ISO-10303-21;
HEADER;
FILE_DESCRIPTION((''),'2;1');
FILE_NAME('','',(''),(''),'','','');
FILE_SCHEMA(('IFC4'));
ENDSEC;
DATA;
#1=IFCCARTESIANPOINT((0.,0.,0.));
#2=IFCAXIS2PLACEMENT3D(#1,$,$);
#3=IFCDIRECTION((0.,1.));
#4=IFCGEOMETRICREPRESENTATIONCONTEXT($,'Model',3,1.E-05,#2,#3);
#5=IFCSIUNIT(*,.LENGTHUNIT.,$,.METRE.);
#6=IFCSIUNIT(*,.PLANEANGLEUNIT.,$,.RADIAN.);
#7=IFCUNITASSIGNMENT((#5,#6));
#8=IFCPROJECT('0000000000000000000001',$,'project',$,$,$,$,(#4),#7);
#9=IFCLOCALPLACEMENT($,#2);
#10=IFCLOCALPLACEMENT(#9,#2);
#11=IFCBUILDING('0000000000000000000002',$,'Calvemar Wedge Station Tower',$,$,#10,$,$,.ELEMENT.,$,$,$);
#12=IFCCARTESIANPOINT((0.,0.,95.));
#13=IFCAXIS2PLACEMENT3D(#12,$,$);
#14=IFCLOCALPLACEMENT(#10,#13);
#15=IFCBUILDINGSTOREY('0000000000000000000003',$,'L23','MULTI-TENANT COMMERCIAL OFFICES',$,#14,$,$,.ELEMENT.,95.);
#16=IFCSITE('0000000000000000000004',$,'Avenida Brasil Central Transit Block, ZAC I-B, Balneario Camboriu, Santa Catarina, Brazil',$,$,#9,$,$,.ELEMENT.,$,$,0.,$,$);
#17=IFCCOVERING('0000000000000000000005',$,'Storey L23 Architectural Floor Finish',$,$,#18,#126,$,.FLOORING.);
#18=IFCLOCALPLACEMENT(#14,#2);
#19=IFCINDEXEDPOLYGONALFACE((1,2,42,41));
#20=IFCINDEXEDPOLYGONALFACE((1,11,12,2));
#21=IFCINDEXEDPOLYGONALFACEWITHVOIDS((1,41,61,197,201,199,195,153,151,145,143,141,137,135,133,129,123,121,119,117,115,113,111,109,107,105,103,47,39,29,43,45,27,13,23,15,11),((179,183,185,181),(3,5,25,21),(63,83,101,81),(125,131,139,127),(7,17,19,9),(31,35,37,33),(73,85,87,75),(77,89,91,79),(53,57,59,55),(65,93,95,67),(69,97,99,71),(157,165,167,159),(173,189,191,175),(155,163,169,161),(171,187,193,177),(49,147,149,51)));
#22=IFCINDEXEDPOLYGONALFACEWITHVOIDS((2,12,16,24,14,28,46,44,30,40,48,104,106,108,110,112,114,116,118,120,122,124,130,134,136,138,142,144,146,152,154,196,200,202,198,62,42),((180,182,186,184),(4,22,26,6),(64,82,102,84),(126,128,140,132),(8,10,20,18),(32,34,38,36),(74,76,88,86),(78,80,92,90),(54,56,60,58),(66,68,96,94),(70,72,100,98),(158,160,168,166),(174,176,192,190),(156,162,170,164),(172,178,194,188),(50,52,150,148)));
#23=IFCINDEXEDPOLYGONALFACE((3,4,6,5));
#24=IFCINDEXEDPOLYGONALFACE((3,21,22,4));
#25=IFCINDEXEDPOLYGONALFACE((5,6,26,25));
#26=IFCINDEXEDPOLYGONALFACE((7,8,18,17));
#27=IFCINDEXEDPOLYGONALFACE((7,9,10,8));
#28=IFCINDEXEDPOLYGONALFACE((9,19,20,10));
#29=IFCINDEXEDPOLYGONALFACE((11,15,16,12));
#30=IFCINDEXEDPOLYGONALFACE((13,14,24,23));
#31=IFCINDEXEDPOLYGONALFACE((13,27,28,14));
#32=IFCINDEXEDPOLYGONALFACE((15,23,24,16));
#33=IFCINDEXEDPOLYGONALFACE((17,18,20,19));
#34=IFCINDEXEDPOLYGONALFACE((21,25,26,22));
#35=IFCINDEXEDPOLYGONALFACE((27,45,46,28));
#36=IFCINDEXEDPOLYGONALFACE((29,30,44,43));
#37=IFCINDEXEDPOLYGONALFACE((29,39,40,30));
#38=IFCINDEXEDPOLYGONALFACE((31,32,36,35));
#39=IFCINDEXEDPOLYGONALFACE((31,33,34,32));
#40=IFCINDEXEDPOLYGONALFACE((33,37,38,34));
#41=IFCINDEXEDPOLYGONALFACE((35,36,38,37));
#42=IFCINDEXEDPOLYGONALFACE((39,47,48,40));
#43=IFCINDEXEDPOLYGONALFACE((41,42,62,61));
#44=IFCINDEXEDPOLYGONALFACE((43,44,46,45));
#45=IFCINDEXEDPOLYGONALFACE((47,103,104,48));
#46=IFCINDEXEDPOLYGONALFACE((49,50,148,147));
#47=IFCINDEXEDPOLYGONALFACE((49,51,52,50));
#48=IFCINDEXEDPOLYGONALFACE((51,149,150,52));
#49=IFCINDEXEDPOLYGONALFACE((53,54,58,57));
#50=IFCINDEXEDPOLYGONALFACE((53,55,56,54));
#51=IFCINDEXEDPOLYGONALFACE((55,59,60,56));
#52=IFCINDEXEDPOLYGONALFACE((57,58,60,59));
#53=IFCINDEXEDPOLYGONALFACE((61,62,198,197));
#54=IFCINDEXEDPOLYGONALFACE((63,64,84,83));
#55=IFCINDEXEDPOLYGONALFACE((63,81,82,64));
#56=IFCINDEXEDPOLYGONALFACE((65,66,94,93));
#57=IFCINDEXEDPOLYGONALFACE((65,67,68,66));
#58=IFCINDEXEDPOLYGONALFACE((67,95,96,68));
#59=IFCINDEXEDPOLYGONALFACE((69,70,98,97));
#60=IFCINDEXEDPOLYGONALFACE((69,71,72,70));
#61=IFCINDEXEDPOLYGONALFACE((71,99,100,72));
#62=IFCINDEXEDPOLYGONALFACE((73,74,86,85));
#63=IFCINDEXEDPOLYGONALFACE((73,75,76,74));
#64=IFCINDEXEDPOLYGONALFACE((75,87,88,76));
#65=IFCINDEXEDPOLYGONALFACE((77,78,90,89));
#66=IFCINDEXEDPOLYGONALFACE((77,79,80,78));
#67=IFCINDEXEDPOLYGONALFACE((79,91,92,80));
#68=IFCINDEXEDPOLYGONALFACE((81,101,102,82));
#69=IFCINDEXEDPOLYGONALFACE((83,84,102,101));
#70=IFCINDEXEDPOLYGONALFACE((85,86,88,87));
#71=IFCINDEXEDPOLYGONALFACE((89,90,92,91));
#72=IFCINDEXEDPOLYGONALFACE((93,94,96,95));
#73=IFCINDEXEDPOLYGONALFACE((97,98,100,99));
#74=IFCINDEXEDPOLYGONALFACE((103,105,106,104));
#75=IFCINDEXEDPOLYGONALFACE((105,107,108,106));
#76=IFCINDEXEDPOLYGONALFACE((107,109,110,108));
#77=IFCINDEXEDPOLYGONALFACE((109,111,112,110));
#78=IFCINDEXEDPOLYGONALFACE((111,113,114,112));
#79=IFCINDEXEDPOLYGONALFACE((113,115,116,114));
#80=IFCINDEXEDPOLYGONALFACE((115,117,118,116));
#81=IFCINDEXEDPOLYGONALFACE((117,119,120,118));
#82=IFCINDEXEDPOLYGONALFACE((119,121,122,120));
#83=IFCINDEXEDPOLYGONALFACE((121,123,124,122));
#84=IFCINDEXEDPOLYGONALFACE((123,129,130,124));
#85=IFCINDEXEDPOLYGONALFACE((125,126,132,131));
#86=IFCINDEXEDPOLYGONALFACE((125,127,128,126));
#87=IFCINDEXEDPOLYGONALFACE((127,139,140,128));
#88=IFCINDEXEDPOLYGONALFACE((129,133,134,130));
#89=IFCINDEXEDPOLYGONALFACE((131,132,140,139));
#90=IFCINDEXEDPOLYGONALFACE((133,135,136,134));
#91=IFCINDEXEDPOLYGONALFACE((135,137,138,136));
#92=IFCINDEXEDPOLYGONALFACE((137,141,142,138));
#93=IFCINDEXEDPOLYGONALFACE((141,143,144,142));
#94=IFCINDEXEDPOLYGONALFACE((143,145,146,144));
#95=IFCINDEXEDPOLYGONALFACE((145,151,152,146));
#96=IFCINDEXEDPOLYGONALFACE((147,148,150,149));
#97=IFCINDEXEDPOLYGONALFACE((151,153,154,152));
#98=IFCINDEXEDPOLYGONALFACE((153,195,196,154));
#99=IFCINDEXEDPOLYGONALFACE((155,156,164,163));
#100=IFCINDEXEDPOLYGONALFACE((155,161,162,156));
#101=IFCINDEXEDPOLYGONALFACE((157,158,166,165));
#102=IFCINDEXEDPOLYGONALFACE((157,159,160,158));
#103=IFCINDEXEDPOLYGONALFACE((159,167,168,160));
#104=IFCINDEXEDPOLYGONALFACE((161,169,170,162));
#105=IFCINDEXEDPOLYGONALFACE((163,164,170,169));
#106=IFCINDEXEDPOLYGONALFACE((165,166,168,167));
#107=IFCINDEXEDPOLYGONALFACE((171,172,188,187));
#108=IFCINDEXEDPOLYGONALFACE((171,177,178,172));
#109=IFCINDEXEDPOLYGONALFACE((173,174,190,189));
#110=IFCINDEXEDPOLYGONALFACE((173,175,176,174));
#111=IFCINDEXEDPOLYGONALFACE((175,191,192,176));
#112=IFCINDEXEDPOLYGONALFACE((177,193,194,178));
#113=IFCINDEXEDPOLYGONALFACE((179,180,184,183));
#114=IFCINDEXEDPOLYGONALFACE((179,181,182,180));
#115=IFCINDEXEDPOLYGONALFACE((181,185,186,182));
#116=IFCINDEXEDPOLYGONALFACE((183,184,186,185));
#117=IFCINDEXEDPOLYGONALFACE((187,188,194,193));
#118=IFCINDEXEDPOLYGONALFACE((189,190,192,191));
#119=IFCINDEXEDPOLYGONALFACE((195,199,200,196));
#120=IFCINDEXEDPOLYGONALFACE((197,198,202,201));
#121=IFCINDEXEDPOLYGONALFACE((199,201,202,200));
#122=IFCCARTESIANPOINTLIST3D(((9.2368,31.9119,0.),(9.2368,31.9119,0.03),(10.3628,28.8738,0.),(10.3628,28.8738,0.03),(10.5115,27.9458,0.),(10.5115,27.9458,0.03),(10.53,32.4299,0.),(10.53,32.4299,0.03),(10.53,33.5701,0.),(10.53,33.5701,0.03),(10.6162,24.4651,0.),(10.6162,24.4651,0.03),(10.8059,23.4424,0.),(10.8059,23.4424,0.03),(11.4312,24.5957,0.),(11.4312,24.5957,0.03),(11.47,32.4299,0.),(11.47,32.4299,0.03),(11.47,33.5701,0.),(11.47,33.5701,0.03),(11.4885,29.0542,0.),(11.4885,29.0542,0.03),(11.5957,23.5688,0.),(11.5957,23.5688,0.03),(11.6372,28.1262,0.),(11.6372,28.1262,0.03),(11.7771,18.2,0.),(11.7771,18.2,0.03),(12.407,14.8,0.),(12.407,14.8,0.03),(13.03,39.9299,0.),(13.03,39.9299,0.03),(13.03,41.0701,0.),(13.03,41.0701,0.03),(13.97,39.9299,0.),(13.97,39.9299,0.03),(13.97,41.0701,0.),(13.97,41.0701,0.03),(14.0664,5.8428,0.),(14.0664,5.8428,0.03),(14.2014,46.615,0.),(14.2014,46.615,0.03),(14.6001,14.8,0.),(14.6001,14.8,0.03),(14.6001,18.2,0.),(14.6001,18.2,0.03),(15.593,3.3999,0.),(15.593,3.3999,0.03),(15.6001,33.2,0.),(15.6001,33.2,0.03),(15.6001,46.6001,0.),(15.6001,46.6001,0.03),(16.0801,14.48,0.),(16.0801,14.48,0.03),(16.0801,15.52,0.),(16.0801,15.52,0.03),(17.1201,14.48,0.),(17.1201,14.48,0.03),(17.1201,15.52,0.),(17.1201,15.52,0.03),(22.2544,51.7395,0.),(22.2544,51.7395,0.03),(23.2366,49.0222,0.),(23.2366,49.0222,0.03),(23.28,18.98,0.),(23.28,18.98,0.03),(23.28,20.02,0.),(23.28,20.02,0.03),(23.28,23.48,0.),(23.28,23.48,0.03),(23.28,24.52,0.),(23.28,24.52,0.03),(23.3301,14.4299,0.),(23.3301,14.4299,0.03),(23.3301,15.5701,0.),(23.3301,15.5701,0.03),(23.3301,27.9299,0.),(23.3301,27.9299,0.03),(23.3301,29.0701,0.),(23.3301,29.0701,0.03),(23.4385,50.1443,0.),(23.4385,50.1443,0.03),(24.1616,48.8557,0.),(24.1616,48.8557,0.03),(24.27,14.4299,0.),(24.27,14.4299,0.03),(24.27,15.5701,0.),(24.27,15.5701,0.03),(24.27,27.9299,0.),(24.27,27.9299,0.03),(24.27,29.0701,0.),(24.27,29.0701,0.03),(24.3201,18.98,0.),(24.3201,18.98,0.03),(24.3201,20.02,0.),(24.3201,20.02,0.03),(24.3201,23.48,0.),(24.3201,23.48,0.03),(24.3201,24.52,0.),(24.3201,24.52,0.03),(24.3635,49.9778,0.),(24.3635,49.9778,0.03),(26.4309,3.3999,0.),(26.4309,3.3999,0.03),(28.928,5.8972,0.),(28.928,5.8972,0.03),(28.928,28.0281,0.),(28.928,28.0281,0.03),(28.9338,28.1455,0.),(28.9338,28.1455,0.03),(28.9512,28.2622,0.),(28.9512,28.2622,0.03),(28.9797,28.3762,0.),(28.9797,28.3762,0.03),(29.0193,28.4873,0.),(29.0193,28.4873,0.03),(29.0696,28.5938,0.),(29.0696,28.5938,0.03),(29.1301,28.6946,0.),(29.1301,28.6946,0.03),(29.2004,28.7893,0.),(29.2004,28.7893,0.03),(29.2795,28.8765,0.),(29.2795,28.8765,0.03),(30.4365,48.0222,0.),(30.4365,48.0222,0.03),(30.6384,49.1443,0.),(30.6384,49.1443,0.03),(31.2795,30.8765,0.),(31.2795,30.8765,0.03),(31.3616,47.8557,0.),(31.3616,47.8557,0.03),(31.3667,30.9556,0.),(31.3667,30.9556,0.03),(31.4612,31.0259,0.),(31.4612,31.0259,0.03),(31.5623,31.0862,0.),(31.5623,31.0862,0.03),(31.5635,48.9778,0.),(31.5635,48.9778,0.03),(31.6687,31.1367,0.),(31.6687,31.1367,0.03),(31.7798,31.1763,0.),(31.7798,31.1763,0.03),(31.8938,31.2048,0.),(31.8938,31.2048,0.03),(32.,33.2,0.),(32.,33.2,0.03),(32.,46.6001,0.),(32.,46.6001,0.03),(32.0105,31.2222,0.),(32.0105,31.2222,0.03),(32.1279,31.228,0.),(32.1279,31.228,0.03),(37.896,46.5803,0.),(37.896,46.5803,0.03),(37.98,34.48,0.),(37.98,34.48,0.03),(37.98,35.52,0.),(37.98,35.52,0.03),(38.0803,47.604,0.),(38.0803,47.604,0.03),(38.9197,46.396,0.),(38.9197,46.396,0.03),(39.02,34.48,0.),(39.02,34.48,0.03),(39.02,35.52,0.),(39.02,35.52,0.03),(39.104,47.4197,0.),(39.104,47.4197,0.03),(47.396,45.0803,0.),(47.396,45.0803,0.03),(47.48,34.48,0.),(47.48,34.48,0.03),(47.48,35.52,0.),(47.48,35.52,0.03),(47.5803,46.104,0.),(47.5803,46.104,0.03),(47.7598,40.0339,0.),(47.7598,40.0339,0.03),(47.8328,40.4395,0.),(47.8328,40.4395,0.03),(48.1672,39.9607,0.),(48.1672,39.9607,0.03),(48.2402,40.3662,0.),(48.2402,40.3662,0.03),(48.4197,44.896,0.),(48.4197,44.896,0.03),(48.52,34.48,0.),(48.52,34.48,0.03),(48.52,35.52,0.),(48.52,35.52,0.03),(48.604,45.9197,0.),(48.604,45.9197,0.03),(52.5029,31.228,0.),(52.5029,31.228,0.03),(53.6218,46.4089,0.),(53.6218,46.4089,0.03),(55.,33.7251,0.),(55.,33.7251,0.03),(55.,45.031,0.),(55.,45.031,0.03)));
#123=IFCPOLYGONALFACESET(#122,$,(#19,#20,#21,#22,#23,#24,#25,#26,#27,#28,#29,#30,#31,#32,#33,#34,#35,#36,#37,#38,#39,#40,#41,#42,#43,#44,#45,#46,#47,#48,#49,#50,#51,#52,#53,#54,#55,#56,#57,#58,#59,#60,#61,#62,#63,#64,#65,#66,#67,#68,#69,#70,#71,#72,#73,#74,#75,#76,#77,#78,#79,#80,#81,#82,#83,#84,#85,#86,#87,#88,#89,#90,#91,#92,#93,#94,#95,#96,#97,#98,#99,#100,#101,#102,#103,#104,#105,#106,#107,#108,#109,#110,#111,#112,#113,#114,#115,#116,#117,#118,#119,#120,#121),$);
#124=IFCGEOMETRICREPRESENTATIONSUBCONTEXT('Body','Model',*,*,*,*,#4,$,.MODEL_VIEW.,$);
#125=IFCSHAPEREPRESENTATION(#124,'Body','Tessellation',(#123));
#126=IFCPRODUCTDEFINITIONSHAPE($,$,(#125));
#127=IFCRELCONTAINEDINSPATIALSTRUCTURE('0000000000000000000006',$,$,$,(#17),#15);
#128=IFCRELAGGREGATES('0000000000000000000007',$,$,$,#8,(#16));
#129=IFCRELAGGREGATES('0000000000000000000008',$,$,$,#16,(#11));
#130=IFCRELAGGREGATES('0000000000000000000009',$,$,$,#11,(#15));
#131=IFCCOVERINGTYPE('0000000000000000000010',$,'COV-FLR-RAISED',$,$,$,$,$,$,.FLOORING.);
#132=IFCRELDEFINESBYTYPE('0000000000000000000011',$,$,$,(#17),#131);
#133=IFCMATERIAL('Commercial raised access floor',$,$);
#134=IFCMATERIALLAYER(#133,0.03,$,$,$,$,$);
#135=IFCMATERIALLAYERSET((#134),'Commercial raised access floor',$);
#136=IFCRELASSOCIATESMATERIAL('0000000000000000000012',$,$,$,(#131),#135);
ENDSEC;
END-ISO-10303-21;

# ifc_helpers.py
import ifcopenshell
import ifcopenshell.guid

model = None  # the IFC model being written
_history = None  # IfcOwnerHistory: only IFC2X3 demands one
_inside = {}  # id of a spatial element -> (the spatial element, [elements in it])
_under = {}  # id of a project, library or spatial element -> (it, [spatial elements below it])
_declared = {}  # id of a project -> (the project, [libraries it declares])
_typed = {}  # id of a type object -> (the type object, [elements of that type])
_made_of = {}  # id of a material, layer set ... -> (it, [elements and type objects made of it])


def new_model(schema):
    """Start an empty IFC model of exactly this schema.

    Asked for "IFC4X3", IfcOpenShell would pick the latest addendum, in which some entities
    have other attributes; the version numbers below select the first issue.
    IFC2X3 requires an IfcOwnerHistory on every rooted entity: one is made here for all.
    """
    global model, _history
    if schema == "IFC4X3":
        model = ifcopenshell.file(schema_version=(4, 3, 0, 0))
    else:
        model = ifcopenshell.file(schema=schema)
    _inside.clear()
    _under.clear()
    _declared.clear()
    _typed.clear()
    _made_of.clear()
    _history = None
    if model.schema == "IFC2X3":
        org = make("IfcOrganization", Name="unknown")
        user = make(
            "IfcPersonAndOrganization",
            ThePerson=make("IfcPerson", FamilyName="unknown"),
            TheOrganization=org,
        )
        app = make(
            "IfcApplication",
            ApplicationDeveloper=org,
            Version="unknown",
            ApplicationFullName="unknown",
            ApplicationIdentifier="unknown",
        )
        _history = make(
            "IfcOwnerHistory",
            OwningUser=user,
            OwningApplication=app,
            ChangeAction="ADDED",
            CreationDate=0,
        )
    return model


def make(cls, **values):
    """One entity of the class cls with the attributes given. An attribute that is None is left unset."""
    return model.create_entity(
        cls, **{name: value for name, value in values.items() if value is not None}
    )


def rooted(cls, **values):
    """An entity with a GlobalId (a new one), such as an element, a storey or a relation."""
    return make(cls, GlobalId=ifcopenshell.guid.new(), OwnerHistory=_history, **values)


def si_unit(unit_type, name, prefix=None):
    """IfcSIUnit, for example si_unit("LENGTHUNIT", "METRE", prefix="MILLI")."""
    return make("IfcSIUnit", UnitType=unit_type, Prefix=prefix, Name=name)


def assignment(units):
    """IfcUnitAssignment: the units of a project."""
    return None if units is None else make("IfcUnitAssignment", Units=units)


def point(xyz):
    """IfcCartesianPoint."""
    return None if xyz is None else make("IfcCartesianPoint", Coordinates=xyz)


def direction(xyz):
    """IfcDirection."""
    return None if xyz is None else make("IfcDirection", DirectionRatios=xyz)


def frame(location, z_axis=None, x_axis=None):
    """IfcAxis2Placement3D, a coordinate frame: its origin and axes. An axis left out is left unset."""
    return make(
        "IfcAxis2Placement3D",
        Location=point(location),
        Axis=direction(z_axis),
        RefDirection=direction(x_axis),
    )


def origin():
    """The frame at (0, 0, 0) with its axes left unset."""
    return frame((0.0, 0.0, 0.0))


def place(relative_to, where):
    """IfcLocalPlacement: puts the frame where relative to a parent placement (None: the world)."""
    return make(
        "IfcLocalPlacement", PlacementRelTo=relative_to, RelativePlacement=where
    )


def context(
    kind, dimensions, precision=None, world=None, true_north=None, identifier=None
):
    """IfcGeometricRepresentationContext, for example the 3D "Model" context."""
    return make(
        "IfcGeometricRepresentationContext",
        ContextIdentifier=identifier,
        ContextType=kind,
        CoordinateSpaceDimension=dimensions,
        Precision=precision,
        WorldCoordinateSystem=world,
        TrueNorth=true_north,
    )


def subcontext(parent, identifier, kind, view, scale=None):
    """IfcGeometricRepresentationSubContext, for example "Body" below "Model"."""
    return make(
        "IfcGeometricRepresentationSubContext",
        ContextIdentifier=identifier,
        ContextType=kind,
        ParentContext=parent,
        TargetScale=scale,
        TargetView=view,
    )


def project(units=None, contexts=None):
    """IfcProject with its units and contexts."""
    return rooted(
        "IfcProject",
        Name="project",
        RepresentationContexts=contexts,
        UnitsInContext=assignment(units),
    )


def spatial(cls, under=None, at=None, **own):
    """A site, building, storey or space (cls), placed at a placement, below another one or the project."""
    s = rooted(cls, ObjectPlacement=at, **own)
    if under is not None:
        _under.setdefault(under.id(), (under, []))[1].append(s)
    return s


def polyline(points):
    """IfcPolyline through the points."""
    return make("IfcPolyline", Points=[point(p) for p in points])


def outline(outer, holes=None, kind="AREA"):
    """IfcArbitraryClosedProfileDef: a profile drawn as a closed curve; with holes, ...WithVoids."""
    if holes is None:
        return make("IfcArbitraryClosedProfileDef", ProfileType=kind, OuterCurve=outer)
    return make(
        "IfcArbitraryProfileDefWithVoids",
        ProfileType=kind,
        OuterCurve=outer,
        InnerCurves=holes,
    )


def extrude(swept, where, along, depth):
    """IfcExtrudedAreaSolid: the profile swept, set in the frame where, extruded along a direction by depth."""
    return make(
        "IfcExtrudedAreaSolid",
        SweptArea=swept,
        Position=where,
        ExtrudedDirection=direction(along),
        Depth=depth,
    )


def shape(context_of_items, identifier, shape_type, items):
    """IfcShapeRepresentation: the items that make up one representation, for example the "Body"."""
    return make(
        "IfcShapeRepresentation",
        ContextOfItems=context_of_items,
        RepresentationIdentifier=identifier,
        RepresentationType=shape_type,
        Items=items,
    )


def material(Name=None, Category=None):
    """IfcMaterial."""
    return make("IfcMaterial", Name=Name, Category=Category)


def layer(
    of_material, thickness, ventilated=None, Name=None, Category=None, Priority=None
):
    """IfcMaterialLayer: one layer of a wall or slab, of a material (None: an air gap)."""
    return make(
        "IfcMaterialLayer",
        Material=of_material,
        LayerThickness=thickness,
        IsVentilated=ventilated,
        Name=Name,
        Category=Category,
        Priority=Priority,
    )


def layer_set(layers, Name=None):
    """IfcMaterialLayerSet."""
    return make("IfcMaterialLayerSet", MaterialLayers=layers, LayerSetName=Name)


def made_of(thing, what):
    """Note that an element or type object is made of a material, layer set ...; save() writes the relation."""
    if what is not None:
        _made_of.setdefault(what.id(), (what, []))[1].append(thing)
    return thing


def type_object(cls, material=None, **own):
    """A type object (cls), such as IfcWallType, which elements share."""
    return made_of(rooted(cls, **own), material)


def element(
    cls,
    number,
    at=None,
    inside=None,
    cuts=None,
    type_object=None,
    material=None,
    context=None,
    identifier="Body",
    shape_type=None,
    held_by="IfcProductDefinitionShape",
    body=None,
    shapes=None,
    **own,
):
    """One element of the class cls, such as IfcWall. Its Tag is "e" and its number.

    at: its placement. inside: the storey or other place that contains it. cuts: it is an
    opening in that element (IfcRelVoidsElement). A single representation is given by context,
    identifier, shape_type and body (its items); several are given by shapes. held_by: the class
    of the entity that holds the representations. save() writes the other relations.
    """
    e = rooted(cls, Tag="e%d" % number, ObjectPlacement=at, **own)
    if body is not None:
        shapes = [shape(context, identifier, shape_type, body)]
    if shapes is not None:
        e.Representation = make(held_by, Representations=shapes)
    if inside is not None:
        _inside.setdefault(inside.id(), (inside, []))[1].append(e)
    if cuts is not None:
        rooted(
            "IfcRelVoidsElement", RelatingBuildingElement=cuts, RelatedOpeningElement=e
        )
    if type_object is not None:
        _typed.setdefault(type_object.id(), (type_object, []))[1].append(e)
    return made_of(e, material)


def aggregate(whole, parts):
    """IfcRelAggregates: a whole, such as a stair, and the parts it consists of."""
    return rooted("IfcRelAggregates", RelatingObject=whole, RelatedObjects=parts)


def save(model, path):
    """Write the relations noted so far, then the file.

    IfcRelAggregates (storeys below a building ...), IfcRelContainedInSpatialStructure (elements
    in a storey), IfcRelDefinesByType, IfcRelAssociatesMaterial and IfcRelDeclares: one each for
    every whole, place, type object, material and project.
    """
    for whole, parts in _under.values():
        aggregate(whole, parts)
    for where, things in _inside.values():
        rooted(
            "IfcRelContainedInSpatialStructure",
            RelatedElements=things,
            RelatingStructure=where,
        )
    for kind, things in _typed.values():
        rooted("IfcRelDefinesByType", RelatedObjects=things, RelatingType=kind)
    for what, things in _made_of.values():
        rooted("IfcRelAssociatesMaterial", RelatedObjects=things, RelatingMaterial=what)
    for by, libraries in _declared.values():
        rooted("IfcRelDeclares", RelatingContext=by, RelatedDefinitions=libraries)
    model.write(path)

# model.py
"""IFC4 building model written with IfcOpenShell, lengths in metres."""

from ifc_helpers import new_model, si_unit, direction, frame, origin, place, context, subcontext, project, spatial, polyline, outline, extrude, material, layer, layer_set, type_object, element, save


model = new_model("IFC4")

# Units and contexts
model_context = context("Model", 3, precision=1e-05, world=origin(), true_north=direction((0.0, 1.0)))
body_context = subcontext(model_context, "Body", "Model", "MODEL_VIEW")
ifc_project = project(units=[si_unit("LENGTHUNIT", "METRE"), si_unit("PLANEANGLEUNIT", "RADIAN")], contexts=[model_context])

# Site, building, storey
site_placement = place(None, origin())
site = spatial("IfcSite", under=ifc_project, at=site_placement, Name="Avenida Brasil Central Transit Block, ZAC I-B, Balneario Camboriu, Santa Catarina, Brazil", CompositionType="ELEMENT", RefElevation=0.0)
building_placement = place(site_placement, origin())
building = spatial("IfcBuilding", under=site, at=building_placement, Name="Calvemar Wedge Station Tower", CompositionType="ELEMENT")
storey_placement = place(building_placement, frame((0.0, 0.0, 95.0)))
storey = spatial("IfcBuildingStorey", under=building, at=storey_placement, Name="L23", Description="MULTI-TENANT COMMERCIAL OFFICES", CompositionType="ELEMENT", Elevation=95.0)

# Covering
ifc_material_1 = material(Name="Commercial raised access floor")
ifc_layer_1 = layer(ifc_material_1, 0.03)
ifc_layer_set_1 = layer_set([ifc_layer_1], Name="Commercial raised access floor")
covering_type_1 = type_object("IfcCoveringType", Name="COV-FLR-RAISED", PredefinedType="FLOORING", material=ifc_layer_set_1)
covering_1_placement = place(storey_placement, origin())
element("IfcCovering", 1, at=covering_1_placement, inside=storey, type_object=covering_type_1, Name="Storey L23 Architectural Floor Finish", PredefinedType="FLOORING", context=body_context, shape_type="SweptSolid", body=[
    extrude(outline(polyline([(29.2795, 28.8765), (31.2795, 30.8765), (31.3667, 30.9556), (31.4612, 31.0259), (31.5623, 31.0862), (31.6687, 31.1367), (31.7798, 31.1763), (31.8938, 31.2048), (32.0105, 31.2222), (32.1279, 31.228), (52.5029, 31.228), (55.0, 33.7251), (55.0, 45.031), (53.6218, 46.4089), (22.2544, 51.7395), (14.2014, 46.615), (9.2368, 31.9119), (10.6162, 24.4651), (11.4312, 24.5957), (11.5957, 23.5688), (10.8059, 23.4424), (11.7771, 18.2), (14.6001, 18.2), (14.6001, 14.8), (12.407, 14.8), (14.0664, 5.8428), (15.593, 3.3999), (26.4309, 3.3999), (28.928, 5.8972), (28.928, 28.0281), (28.9338, 28.1455), (28.9512, 28.2622), (28.9797, 28.3762), (29.0193, 28.4873), (29.0696, 28.5938), (29.1301, 28.6946), (29.2004, 28.7893), (29.2795, 28.8765)]), holes=[polyline([(15.6001, 46.6001), (32.0, 46.6001), (32.0, 33.2), (15.6001, 33.2), (15.6001, 46.6001)]), polyline([(10.53, 32.4299), (10.53, 33.5701), (11.47, 33.5701), (11.47, 32.4299), (10.53, 32.4299)]), polyline([(13.03, 41.0701), (13.97, 41.0701), (13.97, 39.9299), (13.03, 39.9299), (13.03, 41.0701)]), polyline([(24.3635, 49.9778), (24.1616, 48.8557), (23.2366, 49.0222), (23.4385, 50.1443), (24.3635, 49.9778)]), polyline([(31.3616, 47.8557), (30.4365, 48.0222), (30.6384, 49.1443), (31.5635, 48.9778), (31.3616, 47.8557)]), polyline([(37.896, 46.5803), (38.0803, 47.604), (39.104, 47.4197), (38.9197, 46.396), (37.896, 46.5803)]), polyline([(47.5803, 46.104), (48.604, 45.9197), (48.4197, 44.896), (47.396, 45.0803), (47.5803, 46.104)]), polyline([(39.02, 35.52), (39.02, 34.48), (37.98, 34.48), (37.98, 35.52), (39.02, 35.52)]), polyline([(48.52, 34.48), (47.48, 34.48), (47.48, 35.52), (48.52, 35.52), (48.52, 34.48)]), polyline([(47.7598, 40.0339), (47.8328, 40.4395), (48.2402, 40.3662), (48.1672, 39.9607), (47.7598, 40.0339)]), polyline([(11.4885, 29.0542), (11.6372, 28.1262), (10.5115, 27.9458), (10.3628, 28.8738), (11.4885, 29.0542)]), polyline([(24.27, 27.9299), (23.3301, 27.9299), (23.3301, 29.0701), (24.27, 29.0701), (24.27, 27.9299)]), polyline([(23.28, 23.48), (23.28, 24.52), (24.3201, 24.52), (24.3201, 23.48), (23.28, 23.48)]), polyline([(23.28, 20.02), (24.3201, 20.02), (24.3201, 18.98), (23.28, 18.98), (23.28, 20.02)]), polyline([(24.27, 15.5701), (24.27, 14.4299), (23.3301, 14.4299), (23.3301, 15.5701), (24.27, 15.5701)]), polyline([(17.1201, 14.48), (16.0801, 14.48), (16.0801, 15.52), (17.1201, 15.52), (17.1201, 14.48)])]), origin(), (0.0, 0.0, 1.0), 0.03),
])

save(model, "model.ifc")
